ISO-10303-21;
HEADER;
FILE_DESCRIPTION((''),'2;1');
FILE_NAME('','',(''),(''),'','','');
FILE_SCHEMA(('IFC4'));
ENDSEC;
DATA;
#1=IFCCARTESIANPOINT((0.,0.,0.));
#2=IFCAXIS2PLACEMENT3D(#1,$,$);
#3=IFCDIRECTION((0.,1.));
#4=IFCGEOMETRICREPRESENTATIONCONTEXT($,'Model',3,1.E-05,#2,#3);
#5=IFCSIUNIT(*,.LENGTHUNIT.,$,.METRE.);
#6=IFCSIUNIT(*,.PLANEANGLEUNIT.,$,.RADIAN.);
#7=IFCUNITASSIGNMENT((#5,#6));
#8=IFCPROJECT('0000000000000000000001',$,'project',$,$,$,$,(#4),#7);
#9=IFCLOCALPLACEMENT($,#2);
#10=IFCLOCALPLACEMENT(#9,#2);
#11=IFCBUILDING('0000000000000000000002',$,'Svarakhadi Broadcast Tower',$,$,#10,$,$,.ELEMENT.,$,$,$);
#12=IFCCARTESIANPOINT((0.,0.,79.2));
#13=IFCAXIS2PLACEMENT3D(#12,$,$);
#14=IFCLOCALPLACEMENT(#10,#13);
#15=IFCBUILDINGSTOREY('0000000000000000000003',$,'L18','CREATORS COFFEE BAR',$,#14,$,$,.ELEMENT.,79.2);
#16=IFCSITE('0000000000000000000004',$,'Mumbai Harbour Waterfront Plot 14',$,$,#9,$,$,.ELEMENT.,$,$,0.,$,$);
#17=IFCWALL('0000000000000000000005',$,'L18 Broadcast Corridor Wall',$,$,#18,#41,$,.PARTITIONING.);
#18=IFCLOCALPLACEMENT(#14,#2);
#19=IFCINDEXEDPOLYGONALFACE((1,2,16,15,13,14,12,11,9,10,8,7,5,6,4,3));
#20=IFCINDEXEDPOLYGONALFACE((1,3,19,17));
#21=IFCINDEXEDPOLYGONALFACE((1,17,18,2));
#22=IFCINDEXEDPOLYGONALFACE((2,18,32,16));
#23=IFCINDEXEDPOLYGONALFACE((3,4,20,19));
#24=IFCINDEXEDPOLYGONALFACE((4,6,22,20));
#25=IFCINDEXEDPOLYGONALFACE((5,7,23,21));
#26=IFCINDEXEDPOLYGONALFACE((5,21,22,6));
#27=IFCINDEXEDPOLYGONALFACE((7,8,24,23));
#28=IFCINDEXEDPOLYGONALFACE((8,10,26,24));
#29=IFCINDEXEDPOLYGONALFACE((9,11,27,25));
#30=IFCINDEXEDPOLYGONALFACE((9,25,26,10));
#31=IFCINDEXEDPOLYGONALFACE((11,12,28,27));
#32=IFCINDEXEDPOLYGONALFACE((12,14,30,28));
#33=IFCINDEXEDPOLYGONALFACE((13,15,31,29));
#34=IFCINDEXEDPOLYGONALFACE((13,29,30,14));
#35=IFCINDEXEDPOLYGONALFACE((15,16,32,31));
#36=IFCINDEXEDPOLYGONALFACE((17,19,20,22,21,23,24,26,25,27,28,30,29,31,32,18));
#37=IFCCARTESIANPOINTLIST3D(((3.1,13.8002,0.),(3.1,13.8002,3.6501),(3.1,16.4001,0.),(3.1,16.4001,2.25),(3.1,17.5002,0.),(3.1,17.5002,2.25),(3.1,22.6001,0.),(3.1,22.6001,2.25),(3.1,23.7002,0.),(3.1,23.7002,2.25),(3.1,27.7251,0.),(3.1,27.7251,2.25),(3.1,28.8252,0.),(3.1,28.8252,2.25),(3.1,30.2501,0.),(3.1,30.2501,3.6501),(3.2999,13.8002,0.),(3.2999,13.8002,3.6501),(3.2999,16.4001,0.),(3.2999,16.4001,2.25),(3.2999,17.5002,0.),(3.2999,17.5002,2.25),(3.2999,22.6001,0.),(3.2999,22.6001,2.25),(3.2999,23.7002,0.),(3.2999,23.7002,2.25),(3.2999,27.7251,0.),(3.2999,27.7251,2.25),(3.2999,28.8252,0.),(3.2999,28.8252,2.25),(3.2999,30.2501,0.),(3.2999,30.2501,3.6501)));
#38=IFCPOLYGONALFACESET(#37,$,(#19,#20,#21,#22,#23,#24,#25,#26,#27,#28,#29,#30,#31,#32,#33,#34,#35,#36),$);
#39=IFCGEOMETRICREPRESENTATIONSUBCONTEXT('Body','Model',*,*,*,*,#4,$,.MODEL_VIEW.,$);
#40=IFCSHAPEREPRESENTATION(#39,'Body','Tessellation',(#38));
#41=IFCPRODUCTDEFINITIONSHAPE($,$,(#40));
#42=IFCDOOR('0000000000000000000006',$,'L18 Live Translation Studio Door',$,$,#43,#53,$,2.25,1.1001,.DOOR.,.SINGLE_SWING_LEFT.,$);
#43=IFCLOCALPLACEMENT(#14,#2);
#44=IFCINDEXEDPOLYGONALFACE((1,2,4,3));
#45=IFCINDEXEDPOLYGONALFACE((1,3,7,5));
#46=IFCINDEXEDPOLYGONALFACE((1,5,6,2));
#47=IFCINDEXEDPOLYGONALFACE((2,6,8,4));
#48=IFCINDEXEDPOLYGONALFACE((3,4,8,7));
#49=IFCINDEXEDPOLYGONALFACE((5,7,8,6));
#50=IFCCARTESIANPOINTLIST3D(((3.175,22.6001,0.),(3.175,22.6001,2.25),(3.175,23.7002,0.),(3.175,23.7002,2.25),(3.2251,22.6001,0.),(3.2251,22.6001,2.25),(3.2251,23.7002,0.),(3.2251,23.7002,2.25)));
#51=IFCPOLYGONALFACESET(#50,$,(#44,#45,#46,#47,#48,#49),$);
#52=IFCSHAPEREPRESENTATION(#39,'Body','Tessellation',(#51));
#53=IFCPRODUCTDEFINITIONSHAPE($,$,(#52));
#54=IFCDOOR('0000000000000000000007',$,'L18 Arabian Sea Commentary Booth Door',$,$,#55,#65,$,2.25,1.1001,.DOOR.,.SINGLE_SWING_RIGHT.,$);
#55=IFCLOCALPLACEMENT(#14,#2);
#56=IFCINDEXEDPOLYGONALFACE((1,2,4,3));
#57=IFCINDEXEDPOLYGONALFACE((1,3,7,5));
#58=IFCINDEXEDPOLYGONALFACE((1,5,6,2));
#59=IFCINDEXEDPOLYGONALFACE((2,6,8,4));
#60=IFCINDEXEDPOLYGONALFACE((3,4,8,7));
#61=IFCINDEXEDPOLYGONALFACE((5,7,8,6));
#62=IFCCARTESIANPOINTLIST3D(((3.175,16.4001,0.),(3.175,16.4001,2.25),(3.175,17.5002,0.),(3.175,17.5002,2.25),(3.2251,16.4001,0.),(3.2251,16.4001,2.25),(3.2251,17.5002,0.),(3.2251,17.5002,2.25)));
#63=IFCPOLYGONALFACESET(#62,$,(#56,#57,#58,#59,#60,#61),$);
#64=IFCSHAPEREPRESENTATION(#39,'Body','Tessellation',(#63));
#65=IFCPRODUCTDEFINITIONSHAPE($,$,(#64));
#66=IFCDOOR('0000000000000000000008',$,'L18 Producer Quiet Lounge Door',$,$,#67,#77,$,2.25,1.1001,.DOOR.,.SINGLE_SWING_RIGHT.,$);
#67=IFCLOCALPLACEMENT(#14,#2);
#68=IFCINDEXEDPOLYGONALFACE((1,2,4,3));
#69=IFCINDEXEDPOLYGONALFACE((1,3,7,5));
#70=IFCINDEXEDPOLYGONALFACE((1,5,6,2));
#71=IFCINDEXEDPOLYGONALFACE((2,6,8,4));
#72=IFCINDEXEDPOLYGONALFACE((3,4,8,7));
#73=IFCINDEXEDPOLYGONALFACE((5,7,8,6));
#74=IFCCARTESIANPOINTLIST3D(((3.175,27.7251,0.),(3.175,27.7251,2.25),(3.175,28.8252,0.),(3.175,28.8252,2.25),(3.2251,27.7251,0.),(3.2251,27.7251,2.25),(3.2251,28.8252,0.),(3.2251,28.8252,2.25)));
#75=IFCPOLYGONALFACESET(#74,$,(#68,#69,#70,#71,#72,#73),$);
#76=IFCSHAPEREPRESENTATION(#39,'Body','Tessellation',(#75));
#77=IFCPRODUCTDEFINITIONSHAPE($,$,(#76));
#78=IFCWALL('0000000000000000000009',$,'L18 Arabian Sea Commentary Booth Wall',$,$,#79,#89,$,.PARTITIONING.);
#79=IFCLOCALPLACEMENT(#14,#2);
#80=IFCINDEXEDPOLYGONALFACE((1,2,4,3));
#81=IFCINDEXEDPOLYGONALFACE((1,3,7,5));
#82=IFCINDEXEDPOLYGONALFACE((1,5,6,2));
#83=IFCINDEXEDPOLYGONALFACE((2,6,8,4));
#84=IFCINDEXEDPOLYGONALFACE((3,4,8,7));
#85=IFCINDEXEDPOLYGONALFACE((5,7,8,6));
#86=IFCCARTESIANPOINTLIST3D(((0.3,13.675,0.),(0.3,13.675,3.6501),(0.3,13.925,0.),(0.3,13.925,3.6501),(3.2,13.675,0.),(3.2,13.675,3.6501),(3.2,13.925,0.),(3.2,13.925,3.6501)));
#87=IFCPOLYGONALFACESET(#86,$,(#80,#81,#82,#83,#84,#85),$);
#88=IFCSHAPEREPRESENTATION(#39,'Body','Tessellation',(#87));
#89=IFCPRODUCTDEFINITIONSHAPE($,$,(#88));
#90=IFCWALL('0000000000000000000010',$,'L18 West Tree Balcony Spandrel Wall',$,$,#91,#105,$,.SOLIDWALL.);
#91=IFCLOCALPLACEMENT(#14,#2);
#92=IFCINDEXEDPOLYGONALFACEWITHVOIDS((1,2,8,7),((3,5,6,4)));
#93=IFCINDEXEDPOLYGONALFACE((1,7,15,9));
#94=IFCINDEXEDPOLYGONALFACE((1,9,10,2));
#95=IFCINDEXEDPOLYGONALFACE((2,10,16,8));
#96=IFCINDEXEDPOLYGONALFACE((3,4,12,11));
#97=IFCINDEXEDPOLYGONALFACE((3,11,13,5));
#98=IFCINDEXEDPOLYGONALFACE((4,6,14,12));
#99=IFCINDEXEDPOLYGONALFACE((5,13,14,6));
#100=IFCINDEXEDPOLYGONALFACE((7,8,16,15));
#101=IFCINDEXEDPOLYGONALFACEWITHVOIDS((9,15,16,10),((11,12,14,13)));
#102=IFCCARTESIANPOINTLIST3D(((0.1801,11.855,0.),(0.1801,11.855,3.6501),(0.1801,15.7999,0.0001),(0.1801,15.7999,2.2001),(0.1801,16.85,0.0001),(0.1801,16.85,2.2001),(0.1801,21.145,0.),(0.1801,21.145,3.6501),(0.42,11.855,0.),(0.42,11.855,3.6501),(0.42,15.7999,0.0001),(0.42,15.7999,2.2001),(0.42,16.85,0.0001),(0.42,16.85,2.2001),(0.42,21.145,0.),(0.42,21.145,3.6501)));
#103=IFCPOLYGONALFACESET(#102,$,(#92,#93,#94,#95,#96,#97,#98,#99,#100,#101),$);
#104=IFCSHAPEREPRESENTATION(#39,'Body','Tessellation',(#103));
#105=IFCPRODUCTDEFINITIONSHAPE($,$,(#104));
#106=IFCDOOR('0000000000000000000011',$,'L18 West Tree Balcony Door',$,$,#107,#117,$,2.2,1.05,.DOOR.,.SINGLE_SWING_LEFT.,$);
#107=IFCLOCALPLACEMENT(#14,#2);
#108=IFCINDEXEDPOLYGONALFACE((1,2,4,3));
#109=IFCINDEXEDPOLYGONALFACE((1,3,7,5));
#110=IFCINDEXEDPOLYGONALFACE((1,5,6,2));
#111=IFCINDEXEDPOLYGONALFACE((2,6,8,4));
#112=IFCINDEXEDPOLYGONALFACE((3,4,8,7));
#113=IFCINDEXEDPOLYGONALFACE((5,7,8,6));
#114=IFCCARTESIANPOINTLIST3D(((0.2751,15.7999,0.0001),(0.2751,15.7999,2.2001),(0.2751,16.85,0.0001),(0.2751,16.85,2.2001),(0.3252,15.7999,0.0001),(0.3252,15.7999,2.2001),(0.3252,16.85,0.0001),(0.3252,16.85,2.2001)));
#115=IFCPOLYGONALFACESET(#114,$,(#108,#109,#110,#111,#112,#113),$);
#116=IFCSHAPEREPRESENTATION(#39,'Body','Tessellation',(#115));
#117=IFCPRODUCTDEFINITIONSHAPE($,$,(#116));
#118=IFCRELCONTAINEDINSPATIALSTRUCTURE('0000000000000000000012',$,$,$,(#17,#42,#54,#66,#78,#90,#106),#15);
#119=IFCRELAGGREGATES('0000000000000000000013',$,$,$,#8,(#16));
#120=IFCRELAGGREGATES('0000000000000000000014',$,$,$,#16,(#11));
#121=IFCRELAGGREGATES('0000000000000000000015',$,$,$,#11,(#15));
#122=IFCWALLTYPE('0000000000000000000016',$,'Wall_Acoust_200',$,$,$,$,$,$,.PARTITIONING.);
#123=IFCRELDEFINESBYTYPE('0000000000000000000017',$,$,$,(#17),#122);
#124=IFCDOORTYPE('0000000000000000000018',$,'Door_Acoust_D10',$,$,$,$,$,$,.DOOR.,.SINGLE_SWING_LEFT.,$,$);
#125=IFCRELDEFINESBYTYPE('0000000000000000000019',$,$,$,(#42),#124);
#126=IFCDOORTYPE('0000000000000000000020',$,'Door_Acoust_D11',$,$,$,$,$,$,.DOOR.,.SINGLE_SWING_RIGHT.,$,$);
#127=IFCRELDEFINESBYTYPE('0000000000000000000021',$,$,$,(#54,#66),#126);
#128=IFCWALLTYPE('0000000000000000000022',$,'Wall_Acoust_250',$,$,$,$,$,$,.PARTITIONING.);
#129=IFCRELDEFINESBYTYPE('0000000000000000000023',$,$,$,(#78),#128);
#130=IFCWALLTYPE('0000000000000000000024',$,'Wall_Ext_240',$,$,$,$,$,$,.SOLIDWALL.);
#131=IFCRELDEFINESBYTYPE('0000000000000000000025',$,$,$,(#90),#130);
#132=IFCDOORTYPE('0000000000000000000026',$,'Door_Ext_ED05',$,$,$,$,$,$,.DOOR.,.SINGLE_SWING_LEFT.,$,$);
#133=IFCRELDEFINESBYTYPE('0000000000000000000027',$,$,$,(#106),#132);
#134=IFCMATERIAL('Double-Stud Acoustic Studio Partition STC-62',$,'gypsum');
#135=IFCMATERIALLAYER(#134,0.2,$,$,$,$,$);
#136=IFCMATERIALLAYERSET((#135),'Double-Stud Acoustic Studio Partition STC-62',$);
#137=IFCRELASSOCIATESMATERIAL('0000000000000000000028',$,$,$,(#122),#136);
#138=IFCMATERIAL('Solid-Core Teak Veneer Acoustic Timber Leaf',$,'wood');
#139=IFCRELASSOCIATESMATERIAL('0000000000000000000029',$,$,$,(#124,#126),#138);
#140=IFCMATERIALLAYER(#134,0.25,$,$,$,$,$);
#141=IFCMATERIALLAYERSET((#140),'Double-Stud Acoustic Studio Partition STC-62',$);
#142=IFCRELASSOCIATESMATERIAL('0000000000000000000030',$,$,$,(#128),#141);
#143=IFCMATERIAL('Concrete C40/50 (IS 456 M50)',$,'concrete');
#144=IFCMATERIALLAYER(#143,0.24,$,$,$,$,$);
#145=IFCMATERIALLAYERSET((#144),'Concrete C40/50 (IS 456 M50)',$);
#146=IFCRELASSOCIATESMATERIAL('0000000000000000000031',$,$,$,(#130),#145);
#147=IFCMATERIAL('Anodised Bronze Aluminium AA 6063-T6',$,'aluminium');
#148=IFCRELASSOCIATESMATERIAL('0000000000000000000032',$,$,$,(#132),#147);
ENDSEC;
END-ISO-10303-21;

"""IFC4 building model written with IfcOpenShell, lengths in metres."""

from ifc_helpers import new_model, si_unit, direction, frame, frame_2d, origin, place, context, subcontext, project, spatial, rectangle, extrude, material, layer, layer_set, type_object, element, fill, save


model = new_model("IFC4")

# Units and contexts
model_context = context("Model", 3, precision=1e-05, world=origin(), true_north=direction((0.0, 1.0)))
body_context = subcontext(model_context, "Body", "Model", "MODEL_VIEW")
ifc_project = project(units=[si_unit("LENGTHUNIT", "METRE"), si_unit("PLANEANGLEUNIT", "RADIAN")], contexts=[model_context])

# Site, building, storey
site_placement = place(None, origin())
site = spatial("IfcSite", under=ifc_project, at=site_placement, Name="Mumbai Harbour Waterfront Plot 14", CompositionType="ELEMENT", RefElevation=0.0)
building_placement = place(site_placement, origin())
building = spatial("IfcBuilding", under=site, at=building_placement, Name="Svarakhadi Broadcast Tower", CompositionType="ELEMENT")
storey_placement = place(building_placement, frame((0.0, 0.0, 79.2)))
storey = spatial("IfcBuildingStorey", under=building, at=storey_placement, Name="L18", Description="CREATORS COFFEE BAR", CompositionType="ELEMENT", Elevation=79.2)

# Shared definitions
ifc_material_1 = material(Name="Anodised Bronze Aluminium AA 6063-T6", Category="aluminium")

# Shared definitions
ifc_material_2 = material(Name="Double-Stud Acoustic Studio Partition STC-62", Category="gypsum")
ifc_layer_1 = layer(ifc_material_2, 0.2)
ifc_layer_set_1 = layer_set([ifc_layer_1], Name="Double-Stud Acoustic Studio Partition STC-62")
wall_type_1 = type_object("IfcWallType", Name="Wall_Acoust_200", PredefinedType="PARTITIONING", material=ifc_layer_set_1)
ifc_material_3 = material(Name="Solid-Core Teak Veneer Acoustic Timber Leaf", Category="wood")
door_type_1 = type_object("IfcDoorType", Name="Door_Acoust_D10", OperationType="SINGLE_SWING_LEFT", PredefinedType="DOOR", material=ifc_material_3)

# Wall, openings, doors
wall_1_placement = place(storey_placement, frame((3.2, 13.8, 0.0), z_axis=(0.0, 0.0, 1.0), x_axis=(0.0, 1.0, 0.0)))
wall_1 = element("IfcWall", 1, at=wall_1_placement, inside=storey, type_object=wall_type_1, Name="L18 Broadcast Corridor Wall", PredefinedType="PARTITIONING", context=body_context, shape_type="SweptSolid", body=[
    extrude(rectangle(XDim=16.45, YDim=0.2, at=frame_2d((8.2251, 0.0))), origin(), (0.0, 0.0, 1.0), 3.6501),
])
opening_1_placement = place(wall_1_placement, frame((2.6001, 0.0, 0.0)))
opening_1 = element("IfcOpeningElement", 2, at=opening_1_placement, cuts=wall_1, PredefinedType="OPENING", context=body_context, shape_type="SweptSolid", body=[
    extrude(rectangle(XDim=1.1001, YDim=2.25, at=frame_2d((0.55, 1.125))), frame((0.0, 0.1099, 0.0), z_axis=(0.0, -1.0, 0.0), x_axis=(1.0, 0.0, 0.0)), (0.0, 0.0, 1.0), 0.22),
])
opening_2_placement = place(wall_1_placement, frame((8.8, 0.0, 0.0)))
opening_2 = element("IfcOpeningElement", 3, at=opening_2_placement, cuts=wall_1, PredefinedType="OPENING", context=body_context, shape_type="SweptSolid", body=[
    extrude(rectangle(XDim=1.1001, YDim=2.25, at=frame_2d((0.55, 1.125))), frame((0.0, 0.1099, 0.0), z_axis=(0.0, -1.0, 0.0), x_axis=(1.0, 0.0, 0.0)), (0.0, 0.0, 1.0), 0.22),
])
opening_3_placement = place(wall_1_placement, frame((13.925, 0.0, 0.0)))
opening_3 = element("IfcOpeningElement", 4, at=opening_3_placement, cuts=wall_1, PredefinedType="OPENING", context=body_context, shape_type="SweptSolid", body=[
    extrude(rectangle(XDim=1.1001, YDim=2.25, at=frame_2d((0.55, 1.125))), frame((0.0, 0.1099, 0.0), z_axis=(0.0, -1.0, 0.0), x_axis=(1.0, 0.0, 0.0)), (0.0, 0.0, 1.0), 0.22),
])
door_1_placement = place(opening_2_placement, origin())
door_1 = element("IfcDoor", 5, at=door_1_placement, inside=storey, type_object=door_type_1, Name="L18 Live Translation Studio Door", OperationType="SINGLE_SWING_LEFT", OverallHeight=2.25, OverallWidth=1.1001, PredefinedType="DOOR", context=body_context, shape_type="SweptSolid", body=[
    extrude(rectangle(XDim=1.1001, YDim=2.25, at=frame_2d((0.55, 1.125))), frame((0.0, 0.0249, 0.0), z_axis=(0.0, -1.0, 0.0), x_axis=(1.0, 0.0, 0.0)), (0.0, 0.0, 1.0), 0.05),
])
fill(opening_2, door_1)
door_type_2 = type_object("IfcDoorType", Name="Door_Acoust_D11", OperationType="SINGLE_SWING_RIGHT", PredefinedType="DOOR", material=ifc_material_3)
door_2_placement = place(opening_1_placement, origin())
door_2 = element("IfcDoor", 6, at=door_2_placement, inside=storey, type_object=door_type_2, Name="L18 Arabian Sea Commentary Booth Door", OperationType="SINGLE_SWING_RIGHT", OverallHeight=2.25, OverallWidth=1.1001, PredefinedType="DOOR", context=body_context, shape_type="SweptSolid", body=[
    extrude(rectangle(XDim=1.1001, YDim=2.25, at=frame_2d((0.55, 1.125))), frame((0.0, 0.0249, 0.0), z_axis=(0.0, -1.0, 0.0), x_axis=(1.0, 0.0, 0.0)), (0.0, 0.0, 1.0), 0.05),
])
fill(opening_1, door_2)
door_3_placement = place(opening_3_placement, origin())
door_3 = element("IfcDoor", 7, at=door_3_placement, inside=storey, type_object=door_type_2, Name="L18 Producer Quiet Lounge Door", OperationType="SINGLE_SWING_RIGHT", OverallHeight=2.25, OverallWidth=1.1001, PredefinedType="DOOR", context=body_context, shape_type="SweptSolid", body=[
    extrude(rectangle(XDim=1.1001, YDim=2.25, at=frame_2d((0.55, 1.125))), frame((0.0, 0.0249, 0.0), z_axis=(0.0, -1.0, 0.0), x_axis=(1.0, 0.0, 0.0)), (0.0, 0.0, 1.0), 0.05),
])
fill(opening_3, door_3)

# Wall
ifc_layer_2 = layer(ifc_material_2, 0.25)
ifc_layer_set_2 = layer_set([ifc_layer_2], Name="Double-Stud Acoustic Studio Partition STC-62")
wall_type_2 = type_object("IfcWallType", Name="Wall_Acoust_250", PredefinedType="PARTITIONING", material=ifc_layer_set_2)
wall_2_placement = place(storey_placement, frame((0.3, 13.8, 0.0), z_axis=(0.0, 0.0, 1.0), x_axis=(1.0, 0.0, 0.0)))
element("IfcWall", 8, at=wall_2_placement, inside=storey, type_object=wall_type_2, Name="L18 Arabian Sea Commentary Booth Wall", PredefinedType="PARTITIONING", context=body_context, shape_type="SweptSolid", body=[
    extrude(rectangle(XDim=2.8999, YDim=0.25, at=frame_2d((1.45, 0.0))), origin(), (0.0, 0.0, 1.0), 3.6501),
])

# Wall, opening, door
ifc_material_4 = material(Name="Concrete C40/50 (IS 456 M50)", Category="concrete")
ifc_layer_3 = layer(ifc_material_4, 0.24)
ifc_layer_set_3 = layer_set([ifc_layer_3], Name="Concrete C40/50 (IS 456 M50)")
wall_type_3 = type_object("IfcWallType", Name="Wall_Ext_240", PredefinedType="SOLIDWALL", material=ifc_layer_set_3)
wall_3_placement = place(storey_placement, frame((0.3, 11.855, 0.0), z_axis=(0.0, 0.0, 1.0), x_axis=(0.0, 1.0, 0.0)))
wall_3 = element("IfcWall", 9, at=wall_3_placement, inside=storey, type_object=wall_type_3, Name="L18 West Tree Balcony Spandrel Wall", PredefinedType="SOLIDWALL", context=body_context, shape_type="SweptSolid", body=[
    extrude(rectangle(XDim=9.29, YDim=0.24, at=frame_2d((4.645, 0.0))), origin(), (0.0, 0.0, 1.0), 3.6501),
])
opening_4_placement = place(wall_3_placement, frame((3.9451, 0.0, 0.0)))
opening_4 = element("IfcOpeningElement", 10, at=opening_4_placement, cuts=wall_3, PredefinedType="OPENING", context=body_context, shape_type="SweptSolid", body=[
    extrude(rectangle(XDim=1.05, YDim=2.2, at=frame_2d((0.5249, 1.1001))), frame((0.0, 0.1299, 0.0), z_axis=(0.0, -1.0, 0.0), x_axis=(1.0, 0.0, 0.0)), (0.0, 0.0, 1.0), 0.26),
])
door_type_3 = type_object("IfcDoorType", Name="Door_Ext_ED05", OperationType="SINGLE_SWING_LEFT", PredefinedType="DOOR", material=ifc_material_1)
door_4_placement = place(opening_4_placement, origin())
door_4 = element("IfcDoor", 11, at=door_4_placement, inside=storey, type_object=door_type_3, Name="L18 West Tree Balcony Door", OperationType="SINGLE_SWING_LEFT", OverallHeight=2.2, OverallWidth=1.05, PredefinedType="DOOR", context=body_context, shape_type="SweptSolid", body=[
    extrude(rectangle(XDim=1.05, YDim=2.2, at=frame_2d((0.5249, 1.1001))), frame((0.0, 0.0249, 0.0), z_axis=(0.0, -1.0, 0.0), x_axis=(1.0, 0.0, 0.0)), (0.0, 0.0, 1.0), 0.05),
])
fill(opening_4, door_4)

save(model, "model.ifc")
